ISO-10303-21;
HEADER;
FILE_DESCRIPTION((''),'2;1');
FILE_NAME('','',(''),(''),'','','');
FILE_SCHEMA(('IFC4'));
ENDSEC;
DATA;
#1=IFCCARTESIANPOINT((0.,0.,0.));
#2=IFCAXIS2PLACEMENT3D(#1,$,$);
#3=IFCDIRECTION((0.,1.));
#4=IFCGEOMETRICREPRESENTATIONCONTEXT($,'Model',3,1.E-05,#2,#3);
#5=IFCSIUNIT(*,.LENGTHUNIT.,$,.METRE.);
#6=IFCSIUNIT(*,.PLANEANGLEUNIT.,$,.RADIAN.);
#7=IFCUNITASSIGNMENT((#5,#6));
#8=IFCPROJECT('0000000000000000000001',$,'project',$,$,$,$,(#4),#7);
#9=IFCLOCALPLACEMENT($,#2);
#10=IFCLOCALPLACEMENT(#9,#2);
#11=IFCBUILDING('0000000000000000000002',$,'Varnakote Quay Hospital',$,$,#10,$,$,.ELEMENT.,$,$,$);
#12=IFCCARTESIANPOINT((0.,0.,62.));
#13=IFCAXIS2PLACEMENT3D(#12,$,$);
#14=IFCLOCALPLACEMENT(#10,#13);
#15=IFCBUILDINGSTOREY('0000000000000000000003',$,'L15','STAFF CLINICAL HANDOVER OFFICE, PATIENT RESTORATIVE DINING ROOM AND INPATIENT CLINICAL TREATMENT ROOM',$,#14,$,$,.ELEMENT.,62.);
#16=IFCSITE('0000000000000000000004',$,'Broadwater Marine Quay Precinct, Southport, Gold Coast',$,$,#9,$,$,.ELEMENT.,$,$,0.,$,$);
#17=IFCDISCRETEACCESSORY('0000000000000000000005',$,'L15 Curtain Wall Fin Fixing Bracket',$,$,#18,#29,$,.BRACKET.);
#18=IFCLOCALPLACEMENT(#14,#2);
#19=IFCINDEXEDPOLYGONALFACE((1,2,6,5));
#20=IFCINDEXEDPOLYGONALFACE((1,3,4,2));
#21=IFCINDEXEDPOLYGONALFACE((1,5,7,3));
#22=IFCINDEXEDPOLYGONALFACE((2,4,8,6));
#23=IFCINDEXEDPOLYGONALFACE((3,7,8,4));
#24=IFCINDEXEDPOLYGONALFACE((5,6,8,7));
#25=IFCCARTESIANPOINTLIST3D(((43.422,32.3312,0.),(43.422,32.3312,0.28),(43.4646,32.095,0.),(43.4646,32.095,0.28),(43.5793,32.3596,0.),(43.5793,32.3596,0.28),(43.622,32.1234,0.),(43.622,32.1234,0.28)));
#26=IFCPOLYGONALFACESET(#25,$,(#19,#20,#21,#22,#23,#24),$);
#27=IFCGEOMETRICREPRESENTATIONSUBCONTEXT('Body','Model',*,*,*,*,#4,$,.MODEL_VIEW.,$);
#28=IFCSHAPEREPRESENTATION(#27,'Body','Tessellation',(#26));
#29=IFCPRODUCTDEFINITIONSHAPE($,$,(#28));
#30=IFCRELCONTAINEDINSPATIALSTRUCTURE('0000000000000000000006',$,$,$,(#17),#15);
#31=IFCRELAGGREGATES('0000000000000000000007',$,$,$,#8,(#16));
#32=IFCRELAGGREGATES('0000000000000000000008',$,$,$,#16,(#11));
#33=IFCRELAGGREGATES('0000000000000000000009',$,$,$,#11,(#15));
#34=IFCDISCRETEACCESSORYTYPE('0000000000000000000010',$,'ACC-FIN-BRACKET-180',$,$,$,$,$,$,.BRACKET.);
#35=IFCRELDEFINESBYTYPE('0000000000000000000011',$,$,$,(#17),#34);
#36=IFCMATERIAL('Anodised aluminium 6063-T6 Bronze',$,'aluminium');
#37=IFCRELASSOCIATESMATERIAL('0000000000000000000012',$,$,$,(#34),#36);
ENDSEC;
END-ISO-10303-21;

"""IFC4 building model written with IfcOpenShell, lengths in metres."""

from ifc_helpers import new_model, si_unit, direction, frame, origin, origin_2d, place, context, subcontext, project, spatial, rectangle, extrude, material, type_object, element, save


model = new_model("IFC4")

# Units and contexts
model_context = context("Model", 3, precision=1e-05, world=origin(), true_north=direction((0.0, 1.0)))
body_context = subcontext(model_context, "Body", "Model", "MODEL_VIEW")
ifc_project = project(units=[si_unit("LENGTHUNIT", "METRE"), si_unit("PLANEANGLEUNIT", "RADIAN")], contexts=[model_context])

# Site, building, storey
site_placement = place(None, origin())
site = spatial("IfcSite", under=ifc_project, at=site_placement, Name="Broadwater Marine Quay Precinct, Southport, Gold Coast", CompositionType="ELEMENT", RefElevation=0.0)
building_placement = place(site_placement, origin())
building = spatial("IfcBuilding", under=site, at=building_placement, Name="Varnakote Quay Hospital", CompositionType="ELEMENT")
storey_placement = place(building_placement, frame((0.0, 0.0, 62.0)))
storey = spatial("IfcBuildingStorey", under=building, at=storey_placement, Name="L15", Description="STAFF CLINICAL HANDOVER OFFICE, PATIENT RESTORATIVE DINING ROOM AND INPATIENT CLINICAL TREATMENT ROOM", CompositionType="ELEMENT", Elevation=62.0)

# Discrete accessory
ifc_material_1 = material(Name="Anodised aluminium 6063-T6 Bronze", Category="aluminium")
discrete_accessory_type = type_object("IfcDiscreteAccessoryType", Name="ACC-FIN-BRACKET-180", PredefinedType="BRACKET", material=ifc_material_1)
for number, where, z_axis, x_axis, name in (
    (1, (43.522, 32.2273, 0.0), (0.0, 0.0, 1.0), (-0.984072, -0.177772, 0.0), "L15 Curtain Wall Fin Fixing Bracket"),
):
    element("IfcDiscreteAccessory", number, at=place(storey_placement, frame(where, z_axis=z_axis, x_axis=x_axis)), inside=storey, type_object=discrete_accessory_type, Name=name, PredefinedType="BRACKET", context=body_context, shape_type="SweptSolid", body=[
        extrude(rectangle(XDim=0.1599, YDim=0.24, at=origin_2d()), origin(), (0.0, 0.0, 1.0), 0.28),
    ])

save(model, "model.ifc")
